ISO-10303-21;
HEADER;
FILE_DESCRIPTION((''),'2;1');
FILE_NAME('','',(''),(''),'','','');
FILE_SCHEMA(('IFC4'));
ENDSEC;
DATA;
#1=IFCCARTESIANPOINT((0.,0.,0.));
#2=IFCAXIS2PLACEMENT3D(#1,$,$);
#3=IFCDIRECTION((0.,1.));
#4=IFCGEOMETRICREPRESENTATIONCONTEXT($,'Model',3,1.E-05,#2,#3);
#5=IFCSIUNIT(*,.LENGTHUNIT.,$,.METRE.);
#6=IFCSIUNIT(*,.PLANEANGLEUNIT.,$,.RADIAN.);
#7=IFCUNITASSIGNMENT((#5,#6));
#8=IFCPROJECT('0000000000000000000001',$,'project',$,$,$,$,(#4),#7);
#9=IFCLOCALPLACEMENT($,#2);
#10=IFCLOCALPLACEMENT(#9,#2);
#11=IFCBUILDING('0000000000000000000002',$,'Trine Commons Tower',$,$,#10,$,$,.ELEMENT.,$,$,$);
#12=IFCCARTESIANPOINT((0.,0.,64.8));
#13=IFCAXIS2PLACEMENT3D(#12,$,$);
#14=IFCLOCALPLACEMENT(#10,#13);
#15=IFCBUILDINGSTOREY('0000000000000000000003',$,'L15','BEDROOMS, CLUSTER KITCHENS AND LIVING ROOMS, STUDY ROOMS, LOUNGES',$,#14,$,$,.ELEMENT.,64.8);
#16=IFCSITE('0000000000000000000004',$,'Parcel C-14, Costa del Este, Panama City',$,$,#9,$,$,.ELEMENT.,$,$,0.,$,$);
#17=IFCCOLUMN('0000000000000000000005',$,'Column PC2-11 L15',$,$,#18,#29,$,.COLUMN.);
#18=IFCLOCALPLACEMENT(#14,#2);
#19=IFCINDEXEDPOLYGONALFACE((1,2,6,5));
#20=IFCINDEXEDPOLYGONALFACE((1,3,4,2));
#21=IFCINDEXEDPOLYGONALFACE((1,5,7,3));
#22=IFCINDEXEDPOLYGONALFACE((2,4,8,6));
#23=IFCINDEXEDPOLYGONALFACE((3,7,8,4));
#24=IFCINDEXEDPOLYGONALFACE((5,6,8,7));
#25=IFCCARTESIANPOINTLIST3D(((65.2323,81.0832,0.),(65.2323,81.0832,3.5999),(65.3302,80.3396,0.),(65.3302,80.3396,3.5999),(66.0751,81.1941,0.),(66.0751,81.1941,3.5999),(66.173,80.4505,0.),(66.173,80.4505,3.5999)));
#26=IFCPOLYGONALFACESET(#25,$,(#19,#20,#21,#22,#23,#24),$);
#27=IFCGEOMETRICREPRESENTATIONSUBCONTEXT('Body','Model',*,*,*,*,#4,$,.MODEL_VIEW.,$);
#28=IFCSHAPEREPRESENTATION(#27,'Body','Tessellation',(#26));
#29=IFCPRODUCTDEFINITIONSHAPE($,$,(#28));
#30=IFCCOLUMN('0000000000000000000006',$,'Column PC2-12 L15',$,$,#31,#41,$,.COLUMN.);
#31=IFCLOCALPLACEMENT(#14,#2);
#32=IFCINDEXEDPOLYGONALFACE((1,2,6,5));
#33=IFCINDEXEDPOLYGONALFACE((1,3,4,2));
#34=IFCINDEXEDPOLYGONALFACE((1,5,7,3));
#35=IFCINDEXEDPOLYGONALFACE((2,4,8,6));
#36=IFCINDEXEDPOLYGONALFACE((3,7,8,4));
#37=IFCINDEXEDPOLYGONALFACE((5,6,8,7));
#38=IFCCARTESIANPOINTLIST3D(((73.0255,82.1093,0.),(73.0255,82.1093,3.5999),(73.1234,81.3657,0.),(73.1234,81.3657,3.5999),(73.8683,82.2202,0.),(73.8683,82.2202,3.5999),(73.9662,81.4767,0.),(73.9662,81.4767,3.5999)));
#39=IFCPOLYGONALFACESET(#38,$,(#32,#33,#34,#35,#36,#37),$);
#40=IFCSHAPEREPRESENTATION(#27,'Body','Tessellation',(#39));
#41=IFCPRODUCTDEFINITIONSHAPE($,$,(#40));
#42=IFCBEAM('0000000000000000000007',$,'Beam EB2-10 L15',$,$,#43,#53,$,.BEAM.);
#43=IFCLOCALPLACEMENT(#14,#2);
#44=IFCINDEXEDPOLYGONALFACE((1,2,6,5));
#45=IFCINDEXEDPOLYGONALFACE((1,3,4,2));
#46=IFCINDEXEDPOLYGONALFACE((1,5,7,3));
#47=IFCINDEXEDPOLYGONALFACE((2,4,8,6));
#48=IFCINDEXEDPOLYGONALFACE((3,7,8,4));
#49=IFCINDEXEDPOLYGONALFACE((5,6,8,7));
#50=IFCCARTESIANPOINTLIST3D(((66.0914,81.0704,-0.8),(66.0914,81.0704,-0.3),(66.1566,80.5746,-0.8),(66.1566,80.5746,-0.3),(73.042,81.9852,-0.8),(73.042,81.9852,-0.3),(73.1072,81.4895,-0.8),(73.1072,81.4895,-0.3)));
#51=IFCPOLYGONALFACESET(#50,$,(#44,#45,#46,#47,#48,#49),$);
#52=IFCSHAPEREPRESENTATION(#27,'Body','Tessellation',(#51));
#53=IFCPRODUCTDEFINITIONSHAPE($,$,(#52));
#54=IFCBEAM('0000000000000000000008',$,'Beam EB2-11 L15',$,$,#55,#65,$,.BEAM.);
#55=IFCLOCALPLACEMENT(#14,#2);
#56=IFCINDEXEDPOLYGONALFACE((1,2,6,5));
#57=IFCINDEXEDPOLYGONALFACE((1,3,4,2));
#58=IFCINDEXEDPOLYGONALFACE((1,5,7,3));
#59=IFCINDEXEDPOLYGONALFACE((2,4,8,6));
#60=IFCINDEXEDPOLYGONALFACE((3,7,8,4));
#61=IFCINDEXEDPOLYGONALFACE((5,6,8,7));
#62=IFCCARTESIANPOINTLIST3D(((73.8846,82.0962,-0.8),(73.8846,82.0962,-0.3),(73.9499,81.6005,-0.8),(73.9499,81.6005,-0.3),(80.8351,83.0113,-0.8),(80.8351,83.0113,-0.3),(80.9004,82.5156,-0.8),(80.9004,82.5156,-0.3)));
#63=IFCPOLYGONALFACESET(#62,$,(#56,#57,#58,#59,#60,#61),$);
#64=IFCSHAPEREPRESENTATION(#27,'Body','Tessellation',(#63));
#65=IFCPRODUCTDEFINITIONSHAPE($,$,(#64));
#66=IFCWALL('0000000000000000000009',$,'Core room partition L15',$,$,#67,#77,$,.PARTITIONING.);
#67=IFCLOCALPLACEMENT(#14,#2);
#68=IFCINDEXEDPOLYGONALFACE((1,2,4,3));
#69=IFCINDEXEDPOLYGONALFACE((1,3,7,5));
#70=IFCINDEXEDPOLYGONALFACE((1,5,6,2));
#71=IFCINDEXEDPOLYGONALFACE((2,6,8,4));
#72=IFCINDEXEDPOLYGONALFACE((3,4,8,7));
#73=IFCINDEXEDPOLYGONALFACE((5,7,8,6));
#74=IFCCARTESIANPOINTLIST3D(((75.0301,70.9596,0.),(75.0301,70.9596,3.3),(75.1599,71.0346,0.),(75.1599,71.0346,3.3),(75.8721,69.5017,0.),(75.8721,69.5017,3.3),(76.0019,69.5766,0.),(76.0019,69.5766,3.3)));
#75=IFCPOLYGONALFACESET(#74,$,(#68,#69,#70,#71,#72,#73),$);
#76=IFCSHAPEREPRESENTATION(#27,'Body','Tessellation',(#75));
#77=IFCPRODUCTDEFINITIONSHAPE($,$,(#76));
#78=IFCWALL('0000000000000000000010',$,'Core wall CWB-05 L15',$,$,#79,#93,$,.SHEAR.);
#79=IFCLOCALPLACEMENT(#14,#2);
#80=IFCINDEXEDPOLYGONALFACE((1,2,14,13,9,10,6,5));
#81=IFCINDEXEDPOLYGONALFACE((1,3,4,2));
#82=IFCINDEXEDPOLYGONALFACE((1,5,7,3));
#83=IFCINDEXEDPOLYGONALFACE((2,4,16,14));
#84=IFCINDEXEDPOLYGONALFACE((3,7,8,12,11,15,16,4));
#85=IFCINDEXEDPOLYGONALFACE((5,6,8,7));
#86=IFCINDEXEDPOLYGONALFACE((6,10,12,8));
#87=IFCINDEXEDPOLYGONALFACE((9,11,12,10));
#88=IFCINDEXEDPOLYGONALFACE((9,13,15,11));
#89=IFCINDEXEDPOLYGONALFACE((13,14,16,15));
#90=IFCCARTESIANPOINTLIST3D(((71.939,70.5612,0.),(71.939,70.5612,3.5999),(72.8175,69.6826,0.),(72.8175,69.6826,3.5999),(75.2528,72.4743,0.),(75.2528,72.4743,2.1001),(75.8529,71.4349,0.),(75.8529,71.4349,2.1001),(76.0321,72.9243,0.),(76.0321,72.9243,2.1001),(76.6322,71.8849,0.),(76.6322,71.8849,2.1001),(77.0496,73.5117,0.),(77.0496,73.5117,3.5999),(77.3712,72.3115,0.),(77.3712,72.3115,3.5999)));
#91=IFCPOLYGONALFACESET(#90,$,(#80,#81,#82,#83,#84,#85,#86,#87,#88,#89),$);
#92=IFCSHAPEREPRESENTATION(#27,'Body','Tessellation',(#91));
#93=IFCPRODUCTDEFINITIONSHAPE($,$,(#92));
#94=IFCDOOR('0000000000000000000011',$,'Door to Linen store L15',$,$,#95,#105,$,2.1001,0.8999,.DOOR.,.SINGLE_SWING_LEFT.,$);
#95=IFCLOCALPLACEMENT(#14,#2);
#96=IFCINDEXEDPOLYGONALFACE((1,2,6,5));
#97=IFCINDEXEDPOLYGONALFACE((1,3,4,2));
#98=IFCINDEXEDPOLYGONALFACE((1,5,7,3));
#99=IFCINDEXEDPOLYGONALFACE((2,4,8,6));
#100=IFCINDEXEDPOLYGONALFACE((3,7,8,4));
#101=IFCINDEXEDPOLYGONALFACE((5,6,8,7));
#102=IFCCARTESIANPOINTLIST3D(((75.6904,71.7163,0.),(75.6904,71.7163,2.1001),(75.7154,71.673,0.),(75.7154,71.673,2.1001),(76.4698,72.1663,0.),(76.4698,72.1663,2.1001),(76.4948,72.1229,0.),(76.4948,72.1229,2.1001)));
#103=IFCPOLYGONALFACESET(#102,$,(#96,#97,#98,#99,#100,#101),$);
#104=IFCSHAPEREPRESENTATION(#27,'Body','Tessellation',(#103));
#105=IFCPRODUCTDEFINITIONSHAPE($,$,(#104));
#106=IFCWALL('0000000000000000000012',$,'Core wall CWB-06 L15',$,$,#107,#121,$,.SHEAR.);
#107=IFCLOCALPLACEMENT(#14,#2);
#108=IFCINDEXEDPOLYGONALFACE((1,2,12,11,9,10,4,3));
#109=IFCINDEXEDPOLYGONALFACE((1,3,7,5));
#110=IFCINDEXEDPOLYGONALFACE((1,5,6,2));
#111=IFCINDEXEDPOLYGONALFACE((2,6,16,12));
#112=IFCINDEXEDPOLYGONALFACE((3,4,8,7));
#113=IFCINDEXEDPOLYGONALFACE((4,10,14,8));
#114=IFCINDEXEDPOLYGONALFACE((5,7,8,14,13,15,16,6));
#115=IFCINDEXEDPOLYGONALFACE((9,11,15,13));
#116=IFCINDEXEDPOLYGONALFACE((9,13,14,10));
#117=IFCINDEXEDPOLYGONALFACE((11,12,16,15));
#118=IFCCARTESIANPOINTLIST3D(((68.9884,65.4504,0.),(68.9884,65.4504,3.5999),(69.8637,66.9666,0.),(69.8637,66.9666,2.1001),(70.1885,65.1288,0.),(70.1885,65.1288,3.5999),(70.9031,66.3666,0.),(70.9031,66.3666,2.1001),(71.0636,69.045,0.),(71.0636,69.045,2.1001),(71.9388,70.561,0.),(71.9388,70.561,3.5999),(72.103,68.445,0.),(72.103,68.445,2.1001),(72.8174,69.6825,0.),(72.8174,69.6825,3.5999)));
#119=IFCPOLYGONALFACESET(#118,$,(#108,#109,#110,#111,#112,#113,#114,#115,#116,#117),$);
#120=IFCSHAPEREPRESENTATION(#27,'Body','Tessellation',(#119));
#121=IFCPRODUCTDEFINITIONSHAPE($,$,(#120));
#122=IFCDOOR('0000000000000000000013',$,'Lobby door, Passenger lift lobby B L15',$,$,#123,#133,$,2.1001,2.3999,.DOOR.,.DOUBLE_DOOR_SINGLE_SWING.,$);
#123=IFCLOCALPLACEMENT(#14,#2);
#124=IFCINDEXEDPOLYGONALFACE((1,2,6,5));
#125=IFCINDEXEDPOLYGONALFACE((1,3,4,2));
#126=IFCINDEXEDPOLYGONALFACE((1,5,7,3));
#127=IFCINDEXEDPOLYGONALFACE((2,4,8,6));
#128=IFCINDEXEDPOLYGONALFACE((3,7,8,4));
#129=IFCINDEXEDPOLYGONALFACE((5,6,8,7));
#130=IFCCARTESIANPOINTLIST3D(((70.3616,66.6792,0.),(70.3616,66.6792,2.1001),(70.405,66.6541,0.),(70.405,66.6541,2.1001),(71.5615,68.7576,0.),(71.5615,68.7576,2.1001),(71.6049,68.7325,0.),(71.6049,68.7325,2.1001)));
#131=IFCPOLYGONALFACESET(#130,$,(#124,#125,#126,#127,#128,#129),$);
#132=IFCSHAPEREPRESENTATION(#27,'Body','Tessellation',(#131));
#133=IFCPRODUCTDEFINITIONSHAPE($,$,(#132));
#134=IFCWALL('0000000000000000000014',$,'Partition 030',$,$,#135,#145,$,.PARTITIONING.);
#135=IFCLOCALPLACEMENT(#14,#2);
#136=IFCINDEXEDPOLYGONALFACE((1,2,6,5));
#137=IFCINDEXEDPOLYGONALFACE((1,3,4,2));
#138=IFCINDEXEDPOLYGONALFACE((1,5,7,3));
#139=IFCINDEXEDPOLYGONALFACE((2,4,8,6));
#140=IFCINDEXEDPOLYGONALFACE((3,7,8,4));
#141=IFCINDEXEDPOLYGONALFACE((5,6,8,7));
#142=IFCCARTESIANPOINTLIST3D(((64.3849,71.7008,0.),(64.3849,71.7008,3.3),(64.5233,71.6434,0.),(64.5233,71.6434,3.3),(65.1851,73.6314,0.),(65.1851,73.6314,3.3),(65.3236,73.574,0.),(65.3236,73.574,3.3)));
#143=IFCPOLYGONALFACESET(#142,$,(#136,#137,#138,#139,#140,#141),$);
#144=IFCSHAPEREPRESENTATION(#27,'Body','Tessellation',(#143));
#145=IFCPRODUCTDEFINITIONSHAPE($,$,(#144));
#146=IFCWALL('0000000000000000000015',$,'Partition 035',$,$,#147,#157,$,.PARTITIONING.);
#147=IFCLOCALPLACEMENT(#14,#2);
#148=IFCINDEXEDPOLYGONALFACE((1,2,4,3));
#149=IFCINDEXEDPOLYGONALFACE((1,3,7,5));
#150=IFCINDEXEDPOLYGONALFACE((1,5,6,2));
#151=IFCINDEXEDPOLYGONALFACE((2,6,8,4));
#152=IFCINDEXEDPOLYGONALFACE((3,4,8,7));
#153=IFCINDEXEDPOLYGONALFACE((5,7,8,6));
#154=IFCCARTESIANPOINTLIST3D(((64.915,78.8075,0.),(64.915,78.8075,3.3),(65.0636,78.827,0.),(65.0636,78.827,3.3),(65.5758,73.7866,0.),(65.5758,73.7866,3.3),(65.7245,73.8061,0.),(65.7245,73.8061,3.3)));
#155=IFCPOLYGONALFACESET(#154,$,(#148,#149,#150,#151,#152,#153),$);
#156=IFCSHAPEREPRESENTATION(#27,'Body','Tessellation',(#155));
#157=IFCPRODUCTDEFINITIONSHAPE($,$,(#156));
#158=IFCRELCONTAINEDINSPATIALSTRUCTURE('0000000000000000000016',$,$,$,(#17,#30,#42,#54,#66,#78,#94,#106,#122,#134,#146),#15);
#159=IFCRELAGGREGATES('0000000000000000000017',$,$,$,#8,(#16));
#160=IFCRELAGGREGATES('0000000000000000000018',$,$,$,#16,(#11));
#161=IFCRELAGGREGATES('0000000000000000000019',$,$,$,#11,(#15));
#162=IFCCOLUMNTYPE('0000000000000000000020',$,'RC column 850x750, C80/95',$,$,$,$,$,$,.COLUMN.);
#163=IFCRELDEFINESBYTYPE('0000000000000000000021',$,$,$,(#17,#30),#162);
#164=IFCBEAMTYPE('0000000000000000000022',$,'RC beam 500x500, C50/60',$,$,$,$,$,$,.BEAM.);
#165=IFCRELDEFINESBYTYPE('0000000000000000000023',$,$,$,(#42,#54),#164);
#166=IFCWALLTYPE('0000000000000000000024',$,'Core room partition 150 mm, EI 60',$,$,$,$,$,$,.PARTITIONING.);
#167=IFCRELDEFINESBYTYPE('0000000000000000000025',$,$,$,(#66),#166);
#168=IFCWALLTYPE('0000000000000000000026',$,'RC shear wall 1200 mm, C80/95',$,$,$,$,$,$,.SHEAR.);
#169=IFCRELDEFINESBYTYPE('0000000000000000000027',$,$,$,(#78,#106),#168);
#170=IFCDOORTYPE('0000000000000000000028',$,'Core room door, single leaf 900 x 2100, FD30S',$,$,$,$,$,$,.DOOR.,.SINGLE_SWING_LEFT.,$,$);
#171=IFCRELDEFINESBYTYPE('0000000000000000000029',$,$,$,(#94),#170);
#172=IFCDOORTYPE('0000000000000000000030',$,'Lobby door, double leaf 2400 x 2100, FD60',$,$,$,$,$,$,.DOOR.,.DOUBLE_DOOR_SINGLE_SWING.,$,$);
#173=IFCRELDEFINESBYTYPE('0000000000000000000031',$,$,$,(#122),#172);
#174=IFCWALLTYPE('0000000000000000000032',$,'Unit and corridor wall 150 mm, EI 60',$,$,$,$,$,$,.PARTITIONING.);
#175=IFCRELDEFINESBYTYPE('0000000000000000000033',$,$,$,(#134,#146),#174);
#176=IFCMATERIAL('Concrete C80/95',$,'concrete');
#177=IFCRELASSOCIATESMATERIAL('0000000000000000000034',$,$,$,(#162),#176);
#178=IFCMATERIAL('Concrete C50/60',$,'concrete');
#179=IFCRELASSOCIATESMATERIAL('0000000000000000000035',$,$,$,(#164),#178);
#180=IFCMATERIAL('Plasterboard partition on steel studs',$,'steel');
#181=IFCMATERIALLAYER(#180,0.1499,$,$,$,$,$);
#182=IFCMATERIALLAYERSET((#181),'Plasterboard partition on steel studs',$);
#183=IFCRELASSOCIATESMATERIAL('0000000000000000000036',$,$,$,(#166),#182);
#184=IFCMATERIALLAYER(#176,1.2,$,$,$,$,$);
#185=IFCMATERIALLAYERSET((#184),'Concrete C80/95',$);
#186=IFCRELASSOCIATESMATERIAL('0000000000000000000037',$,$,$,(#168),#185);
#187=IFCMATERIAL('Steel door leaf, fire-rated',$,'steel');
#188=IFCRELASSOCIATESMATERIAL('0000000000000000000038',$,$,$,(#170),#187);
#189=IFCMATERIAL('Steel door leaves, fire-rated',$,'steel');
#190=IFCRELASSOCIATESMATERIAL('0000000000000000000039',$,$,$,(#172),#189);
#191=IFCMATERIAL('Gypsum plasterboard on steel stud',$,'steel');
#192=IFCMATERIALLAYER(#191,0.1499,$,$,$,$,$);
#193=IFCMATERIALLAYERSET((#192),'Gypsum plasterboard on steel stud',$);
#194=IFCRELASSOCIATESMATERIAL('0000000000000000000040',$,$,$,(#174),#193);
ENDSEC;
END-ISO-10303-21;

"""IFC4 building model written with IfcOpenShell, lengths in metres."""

from ifc_helpers import new_model, si_unit, direction, frame, frame_2d, origin, origin_2d, place, context, subcontext, project, spatial, polyline, rectangle, outline, extrude, material, layer, layer_set, material_profile, profile_set, type_object, element, fill, save


model = new_model("IFC4")

# Units and contexts
model_context = context("Model", 3, precision=1e-05, world=origin(), true_north=direction((0.0, 1.0)))
body_context = subcontext(model_context, "Body", "Model", "MODEL_VIEW")
ifc_project = project(units=[si_unit("LENGTHUNIT", "METRE"), si_unit("PLANEANGLEUNIT", "RADIAN")], contexts=[model_context])

# Site, building, storey
site_placement = place(None, origin())
site = spatial("IfcSite", under=ifc_project, at=site_placement, Name="Parcel C-14, Costa del Este, Panama City", CompositionType="ELEMENT", RefElevation=0.0)
building_placement = place(site_placement, origin())
building = spatial("IfcBuilding", under=site, at=building_placement, Name="Trine Commons Tower", CompositionType="ELEMENT")
storey_placement = place(building_placement, frame((0.0, 0.0, 64.8)))
storey = spatial("IfcBuildingStorey", under=building, at=storey_placement, Name="L15", Description="BEDROOMS, CLUSTER KITCHENS AND LIVING ROOMS, STUDY ROOMS, LOUNGES", CompositionType="ELEMENT", Elevation=64.8)

# Columns
ifc_material_1 = material(Name="Concrete C80/95", Category="concrete")
ifc_material_profile_1 = material_profile(ifc_material_1, rectangle(XDim=0.8501, YDim=0.75, at=origin_2d()), Name="RC 850x750")
ifc_profile_set_1 = profile_set([ifc_material_profile_1], Name="Concrete C80/95")
column_type = type_object("IfcColumnType", Name="RC column 850x750, C80/95", PredefinedType="COLUMN", material=ifc_profile_set_1)
for number, where, z_axis, x_axis, name in (
    (1, (65.7026, 80.7668, 0.0), (0.0, 0.0, 1.0), (0.991445, 0.130526, 0.0), "Column PC2-11 L15"),
    (2, (73.4958, 81.793, 0.0), (0.0, 0.0, 1.0), (0.991445, 0.130526, 0.0), "Column PC2-12 L15"),
):
    element("IfcColumn", number, at=place(storey_placement, frame(where, z_axis=z_axis, x_axis=x_axis)), inside=storey, type_object=column_type, Name=name, PredefinedType="COLUMN", context=body_context, shape_type="SweptSolid", body=[
        extrude(rectangle(XDim=0.8501, YDim=0.75, at=origin_2d()), origin(), (0.0, 0.0, 1.0), 3.5999),
    ])

# Beams
ifc_material_2 = material(Name="Concrete C50/60", Category="concrete")
ifc_material_profile_2 = material_profile(ifc_material_2, rectangle(XDim=0.5, YDim=0.5, at=origin_2d()), Name="RC 500x500")
ifc_profile_set_2 = profile_set([ifc_material_profile_2], Name="Concrete C50/60")
beam_type = type_object("IfcBeamType", Name="RC beam 500x500, C50/60", PredefinedType="BEAM", material=ifc_profile_set_2)
for number, where, z_axis, x_axis, name in (
    (3, (66.124, 80.8225, -0.55), (0.991449, 0.130491, 0.0), (-0.130491, 0.991449, 0.0), "Beam EB2-10 L15"),
    (4, (73.9172, 81.8484, -0.55), (0.991445, 0.130526, 0.0), (-0.130526, 0.991445, 0.0), "Beam EB2-11 L15"),
):
    element("IfcBeam", number, at=place(storey_placement, frame(where, z_axis=z_axis, x_axis=x_axis)), inside=storey, type_object=beam_type, Name=name, PredefinedType="BEAM", context=body_context, shape_type="SweptSolid", body=[
        extrude(rectangle(XDim=0.5, YDim=0.5, at=origin_2d()), origin(), (0.0, 0.0, 1.0), 7.0105),
    ])

# Wall
ifc_material_3 = material(Name="Plasterboard partition on steel studs", Category="steel")
ifc_layer_1 = layer(ifc_material_3, 0.1499)
ifc_layer_set_1 = layer_set([ifc_layer_1], Name="Plasterboard partition on steel studs")
wall_type_1 = type_object("IfcWallType", Name="Core room partition 150 mm, EI 60", PredefinedType="PARTITIONING", material=ifc_layer_set_1)
wall_1_placement = place(storey_placement, frame((75.095, 70.9971, 0.0), z_axis=(0.0, 0.0, 1.0), x_axis=(0.500116, -0.865959, 0.0)))
element("IfcWall", 5, at=wall_1_placement, inside=storey, type_object=wall_type_1, Name="Core room partition L15", PredefinedType="PARTITIONING", context=body_context, shape_type="SweptSolid", body=[
    extrude(rectangle(XDim=1.6836, YDim=0.1499, at=frame_2d((0.8418, 0.0))), origin(), (0.0, 0.0, 1.0), 3.3),
])

# Walls, openings, doors
ifc_layer_2 = layer(ifc_material_1, 1.2)
ifc_layer_set_2 = layer_set([ifc_layer_2], Name="Concrete C80/95")
wall_type_2 = type_object("IfcWallType", Name="RC shear wall 1200 mm, C80/95", PredefinedType="SHEAR", material=ifc_layer_set_2)
wall_2_placement = place(storey_placement, frame((77.3496, 72.9919, 0.0), z_axis=(0.0, 0.0, 1.0), x_axis=(-0.866037, -0.499979, 0.0)))
wall_2 = element("IfcWall", 6, at=wall_2_placement, inside=storey, type_object=wall_type_2, Name="Core wall CWB-05 L15", PredefinedType="SHEAR", context=body_context, shape_type="SweptSolid", body=[
    extrude(outline(polyline([(0.0, -0.6001), (5.9011, -0.6001), (5.5796, 0.6001), (0.3215, 0.6001), (0.0, -0.6001)])), origin(), (0.0, 0.0, 1.0), 3.5999),
])
opening_1_placement = place(wall_2_placement, frame((1.1748, 0.0, 0.0)))
opening_1 = element("IfcOpeningElement", 7, at=opening_1_placement, cuts=wall_2, PredefinedType="OPENING", context=body_context, shape_type="SweptSolid", body=[
    extrude(rectangle(XDim=0.8999, YDim=2.1001, at=frame_2d((0.45, 1.05))), frame((0.0, 0.6099, 0.0), z_axis=(0.0, -1.0, 0.0), x_axis=(1.0, 0.0, 0.0)), (0.0, 0.0, 1.0), 1.22),
])
ifc_material_4 = material(Name="Steel door leaf, fire-rated", Category="steel")
door_type_1 = type_object("IfcDoorType", Name="Core room door, single leaf 900 x 2100, FD30S", OperationType="SINGLE_SWING_LEFT", PredefinedType="DOOR", material=ifc_material_4)
door_1_placement = place(opening_1_placement, origin())
door_1 = element("IfcDoor", 8, at=door_1_placement, inside=storey, type_object=door_type_1, Name="Door to Linen store L15", OperationType="SINGLE_SWING_LEFT", OverallHeight=2.1001, OverallWidth=0.8999, PredefinedType="DOOR", context=body_context, shape_type="SweptSolid", body=[
    extrude(rectangle(XDim=0.8999, YDim=2.1001, at=frame_2d((0.45, 1.05))), frame((0.0, 0.3252, 0.0), z_axis=(0.0, -1.0, 0.0), x_axis=(1.0, 0.0, 0.0)), (0.0, 0.0, 1.0), 0.05),
])
fill(opening_1, door_1)
wall_3_placement = place(storey_placement, frame((72.4585, 70.261, 0.0), z_axis=(0.0, 0.0, 1.0), x_axis=(-0.499979, -0.866037, 0.0)))
wall_3 = element("IfcWall", 9, at=wall_3_placement, inside=storey, type_object=wall_type_2, Name="Core wall CWB-06 L15", PredefinedType="SHEAR", context=body_context, shape_type="SweptSolid", body=[
    extrude(outline(polyline([(0.0, -0.6001), (5.9011, -0.6001), (5.5796, 0.6001), (0.3215, 0.6001), (0.0, -0.6001)])), origin(), (0.0, 0.0, 1.0), 3.5999),
])
opening_2_placement = place(wall_3_placement, frame((1.7505, 0.0, 0.0)))
opening_2 = element("IfcOpeningElement", 10, at=opening_2_placement, cuts=wall_3, PredefinedType="OPENING", context=body_context, shape_type="SweptSolid", body=[
    extrude(rectangle(XDim=2.3999, YDim=2.1001, at=frame_2d((1.2, 1.05))), frame((0.0, 0.6099, 0.0), z_axis=(0.0, -1.0, 0.0), x_axis=(1.0, 0.0, 0.0)), (0.0, 0.0, 1.0), 1.22),
])
ifc_material_5 = material(Name="Steel door leaves, fire-rated", Category="steel")
door_type_2 = type_object("IfcDoorType", Name="Lobby door, double leaf 2400 x 2100, FD60", OperationType="DOUBLE_DOOR_SINGLE_SWING", PredefinedType="DOOR", material=ifc_material_5)
door_2_placement = place(opening_2_placement, origin())
door_2 = element("IfcDoor", 11, at=door_2_placement, inside=storey, type_object=door_type_2, Name="Lobby door, Passenger lift lobby B L15", OperationType="DOUBLE_DOOR_SINGLE_SWING", OverallHeight=2.1001, OverallWidth=2.3999, PredefinedType="DOOR", context=body_context, shape_type="SweptSolid", body=[
    extrude(rectangle(XDim=2.3999, YDim=2.1001, at=frame_2d((1.2, 1.05))), frame((0.0, 0.0249, 0.0), z_axis=(0.0, -1.0, 0.0), x_axis=(1.0, 0.0, 0.0)), (0.0, 0.0, 1.0), 0.05),
])
fill(opening_2, door_2)

# Walls
ifc_material_6 = material(Name="Gypsum plasterboard on steel stud", Category="steel")
ifc_layer_3 = layer(ifc_material_6, 0.1499)
ifc_layer_set_3 = layer_set([ifc_layer_3], Name="Gypsum plasterboard on steel stud")
wall_type_3 = type_object("IfcWallType", Name="Unit and corridor wall 150 mm, EI 60", PredefinedType="PARTITIONING", material=ifc_layer_set_3)
wall_4_placement = place(storey_placement, frame((64.4541, 71.6721, 0.0), z_axis=(0.0, 0.0, 1.0), x_axis=(0.382923, 0.92378, 0.0)))
element("IfcWall", 12, at=wall_4_placement, inside=storey, type_object=wall_type_3, Name="Partition 030", PredefinedType="PARTITIONING", context=body_context, shape_type="SweptSolid", body=[
    extrude(rectangle(XDim=2.0898, YDim=0.1499, at=frame_2d((1.0449, 0.0))), origin(), (0.0, 0.0, 1.0), 3.3),
])
wall_5_placement = place(storey_placement, frame((64.9893, 78.8174, 0.0), z_axis=(0.0, 0.0, 1.0), x_axis=(0.130499, -0.991448, 0.0)))
element("IfcWall", 13, at=wall_5_placement, inside=storey, type_object=wall_type_3, Name="Partition 035", PredefinedType="PARTITIONING", context=body_context, shape_type="SweptSolid", body=[
    extrude(rectangle(XDim=5.0642, YDim=0.1499, at=frame_2d((2.5322, 0.0))), origin(), (0.0, 0.0, 1.0), 3.3),
])

save(model, "model.ifc")
